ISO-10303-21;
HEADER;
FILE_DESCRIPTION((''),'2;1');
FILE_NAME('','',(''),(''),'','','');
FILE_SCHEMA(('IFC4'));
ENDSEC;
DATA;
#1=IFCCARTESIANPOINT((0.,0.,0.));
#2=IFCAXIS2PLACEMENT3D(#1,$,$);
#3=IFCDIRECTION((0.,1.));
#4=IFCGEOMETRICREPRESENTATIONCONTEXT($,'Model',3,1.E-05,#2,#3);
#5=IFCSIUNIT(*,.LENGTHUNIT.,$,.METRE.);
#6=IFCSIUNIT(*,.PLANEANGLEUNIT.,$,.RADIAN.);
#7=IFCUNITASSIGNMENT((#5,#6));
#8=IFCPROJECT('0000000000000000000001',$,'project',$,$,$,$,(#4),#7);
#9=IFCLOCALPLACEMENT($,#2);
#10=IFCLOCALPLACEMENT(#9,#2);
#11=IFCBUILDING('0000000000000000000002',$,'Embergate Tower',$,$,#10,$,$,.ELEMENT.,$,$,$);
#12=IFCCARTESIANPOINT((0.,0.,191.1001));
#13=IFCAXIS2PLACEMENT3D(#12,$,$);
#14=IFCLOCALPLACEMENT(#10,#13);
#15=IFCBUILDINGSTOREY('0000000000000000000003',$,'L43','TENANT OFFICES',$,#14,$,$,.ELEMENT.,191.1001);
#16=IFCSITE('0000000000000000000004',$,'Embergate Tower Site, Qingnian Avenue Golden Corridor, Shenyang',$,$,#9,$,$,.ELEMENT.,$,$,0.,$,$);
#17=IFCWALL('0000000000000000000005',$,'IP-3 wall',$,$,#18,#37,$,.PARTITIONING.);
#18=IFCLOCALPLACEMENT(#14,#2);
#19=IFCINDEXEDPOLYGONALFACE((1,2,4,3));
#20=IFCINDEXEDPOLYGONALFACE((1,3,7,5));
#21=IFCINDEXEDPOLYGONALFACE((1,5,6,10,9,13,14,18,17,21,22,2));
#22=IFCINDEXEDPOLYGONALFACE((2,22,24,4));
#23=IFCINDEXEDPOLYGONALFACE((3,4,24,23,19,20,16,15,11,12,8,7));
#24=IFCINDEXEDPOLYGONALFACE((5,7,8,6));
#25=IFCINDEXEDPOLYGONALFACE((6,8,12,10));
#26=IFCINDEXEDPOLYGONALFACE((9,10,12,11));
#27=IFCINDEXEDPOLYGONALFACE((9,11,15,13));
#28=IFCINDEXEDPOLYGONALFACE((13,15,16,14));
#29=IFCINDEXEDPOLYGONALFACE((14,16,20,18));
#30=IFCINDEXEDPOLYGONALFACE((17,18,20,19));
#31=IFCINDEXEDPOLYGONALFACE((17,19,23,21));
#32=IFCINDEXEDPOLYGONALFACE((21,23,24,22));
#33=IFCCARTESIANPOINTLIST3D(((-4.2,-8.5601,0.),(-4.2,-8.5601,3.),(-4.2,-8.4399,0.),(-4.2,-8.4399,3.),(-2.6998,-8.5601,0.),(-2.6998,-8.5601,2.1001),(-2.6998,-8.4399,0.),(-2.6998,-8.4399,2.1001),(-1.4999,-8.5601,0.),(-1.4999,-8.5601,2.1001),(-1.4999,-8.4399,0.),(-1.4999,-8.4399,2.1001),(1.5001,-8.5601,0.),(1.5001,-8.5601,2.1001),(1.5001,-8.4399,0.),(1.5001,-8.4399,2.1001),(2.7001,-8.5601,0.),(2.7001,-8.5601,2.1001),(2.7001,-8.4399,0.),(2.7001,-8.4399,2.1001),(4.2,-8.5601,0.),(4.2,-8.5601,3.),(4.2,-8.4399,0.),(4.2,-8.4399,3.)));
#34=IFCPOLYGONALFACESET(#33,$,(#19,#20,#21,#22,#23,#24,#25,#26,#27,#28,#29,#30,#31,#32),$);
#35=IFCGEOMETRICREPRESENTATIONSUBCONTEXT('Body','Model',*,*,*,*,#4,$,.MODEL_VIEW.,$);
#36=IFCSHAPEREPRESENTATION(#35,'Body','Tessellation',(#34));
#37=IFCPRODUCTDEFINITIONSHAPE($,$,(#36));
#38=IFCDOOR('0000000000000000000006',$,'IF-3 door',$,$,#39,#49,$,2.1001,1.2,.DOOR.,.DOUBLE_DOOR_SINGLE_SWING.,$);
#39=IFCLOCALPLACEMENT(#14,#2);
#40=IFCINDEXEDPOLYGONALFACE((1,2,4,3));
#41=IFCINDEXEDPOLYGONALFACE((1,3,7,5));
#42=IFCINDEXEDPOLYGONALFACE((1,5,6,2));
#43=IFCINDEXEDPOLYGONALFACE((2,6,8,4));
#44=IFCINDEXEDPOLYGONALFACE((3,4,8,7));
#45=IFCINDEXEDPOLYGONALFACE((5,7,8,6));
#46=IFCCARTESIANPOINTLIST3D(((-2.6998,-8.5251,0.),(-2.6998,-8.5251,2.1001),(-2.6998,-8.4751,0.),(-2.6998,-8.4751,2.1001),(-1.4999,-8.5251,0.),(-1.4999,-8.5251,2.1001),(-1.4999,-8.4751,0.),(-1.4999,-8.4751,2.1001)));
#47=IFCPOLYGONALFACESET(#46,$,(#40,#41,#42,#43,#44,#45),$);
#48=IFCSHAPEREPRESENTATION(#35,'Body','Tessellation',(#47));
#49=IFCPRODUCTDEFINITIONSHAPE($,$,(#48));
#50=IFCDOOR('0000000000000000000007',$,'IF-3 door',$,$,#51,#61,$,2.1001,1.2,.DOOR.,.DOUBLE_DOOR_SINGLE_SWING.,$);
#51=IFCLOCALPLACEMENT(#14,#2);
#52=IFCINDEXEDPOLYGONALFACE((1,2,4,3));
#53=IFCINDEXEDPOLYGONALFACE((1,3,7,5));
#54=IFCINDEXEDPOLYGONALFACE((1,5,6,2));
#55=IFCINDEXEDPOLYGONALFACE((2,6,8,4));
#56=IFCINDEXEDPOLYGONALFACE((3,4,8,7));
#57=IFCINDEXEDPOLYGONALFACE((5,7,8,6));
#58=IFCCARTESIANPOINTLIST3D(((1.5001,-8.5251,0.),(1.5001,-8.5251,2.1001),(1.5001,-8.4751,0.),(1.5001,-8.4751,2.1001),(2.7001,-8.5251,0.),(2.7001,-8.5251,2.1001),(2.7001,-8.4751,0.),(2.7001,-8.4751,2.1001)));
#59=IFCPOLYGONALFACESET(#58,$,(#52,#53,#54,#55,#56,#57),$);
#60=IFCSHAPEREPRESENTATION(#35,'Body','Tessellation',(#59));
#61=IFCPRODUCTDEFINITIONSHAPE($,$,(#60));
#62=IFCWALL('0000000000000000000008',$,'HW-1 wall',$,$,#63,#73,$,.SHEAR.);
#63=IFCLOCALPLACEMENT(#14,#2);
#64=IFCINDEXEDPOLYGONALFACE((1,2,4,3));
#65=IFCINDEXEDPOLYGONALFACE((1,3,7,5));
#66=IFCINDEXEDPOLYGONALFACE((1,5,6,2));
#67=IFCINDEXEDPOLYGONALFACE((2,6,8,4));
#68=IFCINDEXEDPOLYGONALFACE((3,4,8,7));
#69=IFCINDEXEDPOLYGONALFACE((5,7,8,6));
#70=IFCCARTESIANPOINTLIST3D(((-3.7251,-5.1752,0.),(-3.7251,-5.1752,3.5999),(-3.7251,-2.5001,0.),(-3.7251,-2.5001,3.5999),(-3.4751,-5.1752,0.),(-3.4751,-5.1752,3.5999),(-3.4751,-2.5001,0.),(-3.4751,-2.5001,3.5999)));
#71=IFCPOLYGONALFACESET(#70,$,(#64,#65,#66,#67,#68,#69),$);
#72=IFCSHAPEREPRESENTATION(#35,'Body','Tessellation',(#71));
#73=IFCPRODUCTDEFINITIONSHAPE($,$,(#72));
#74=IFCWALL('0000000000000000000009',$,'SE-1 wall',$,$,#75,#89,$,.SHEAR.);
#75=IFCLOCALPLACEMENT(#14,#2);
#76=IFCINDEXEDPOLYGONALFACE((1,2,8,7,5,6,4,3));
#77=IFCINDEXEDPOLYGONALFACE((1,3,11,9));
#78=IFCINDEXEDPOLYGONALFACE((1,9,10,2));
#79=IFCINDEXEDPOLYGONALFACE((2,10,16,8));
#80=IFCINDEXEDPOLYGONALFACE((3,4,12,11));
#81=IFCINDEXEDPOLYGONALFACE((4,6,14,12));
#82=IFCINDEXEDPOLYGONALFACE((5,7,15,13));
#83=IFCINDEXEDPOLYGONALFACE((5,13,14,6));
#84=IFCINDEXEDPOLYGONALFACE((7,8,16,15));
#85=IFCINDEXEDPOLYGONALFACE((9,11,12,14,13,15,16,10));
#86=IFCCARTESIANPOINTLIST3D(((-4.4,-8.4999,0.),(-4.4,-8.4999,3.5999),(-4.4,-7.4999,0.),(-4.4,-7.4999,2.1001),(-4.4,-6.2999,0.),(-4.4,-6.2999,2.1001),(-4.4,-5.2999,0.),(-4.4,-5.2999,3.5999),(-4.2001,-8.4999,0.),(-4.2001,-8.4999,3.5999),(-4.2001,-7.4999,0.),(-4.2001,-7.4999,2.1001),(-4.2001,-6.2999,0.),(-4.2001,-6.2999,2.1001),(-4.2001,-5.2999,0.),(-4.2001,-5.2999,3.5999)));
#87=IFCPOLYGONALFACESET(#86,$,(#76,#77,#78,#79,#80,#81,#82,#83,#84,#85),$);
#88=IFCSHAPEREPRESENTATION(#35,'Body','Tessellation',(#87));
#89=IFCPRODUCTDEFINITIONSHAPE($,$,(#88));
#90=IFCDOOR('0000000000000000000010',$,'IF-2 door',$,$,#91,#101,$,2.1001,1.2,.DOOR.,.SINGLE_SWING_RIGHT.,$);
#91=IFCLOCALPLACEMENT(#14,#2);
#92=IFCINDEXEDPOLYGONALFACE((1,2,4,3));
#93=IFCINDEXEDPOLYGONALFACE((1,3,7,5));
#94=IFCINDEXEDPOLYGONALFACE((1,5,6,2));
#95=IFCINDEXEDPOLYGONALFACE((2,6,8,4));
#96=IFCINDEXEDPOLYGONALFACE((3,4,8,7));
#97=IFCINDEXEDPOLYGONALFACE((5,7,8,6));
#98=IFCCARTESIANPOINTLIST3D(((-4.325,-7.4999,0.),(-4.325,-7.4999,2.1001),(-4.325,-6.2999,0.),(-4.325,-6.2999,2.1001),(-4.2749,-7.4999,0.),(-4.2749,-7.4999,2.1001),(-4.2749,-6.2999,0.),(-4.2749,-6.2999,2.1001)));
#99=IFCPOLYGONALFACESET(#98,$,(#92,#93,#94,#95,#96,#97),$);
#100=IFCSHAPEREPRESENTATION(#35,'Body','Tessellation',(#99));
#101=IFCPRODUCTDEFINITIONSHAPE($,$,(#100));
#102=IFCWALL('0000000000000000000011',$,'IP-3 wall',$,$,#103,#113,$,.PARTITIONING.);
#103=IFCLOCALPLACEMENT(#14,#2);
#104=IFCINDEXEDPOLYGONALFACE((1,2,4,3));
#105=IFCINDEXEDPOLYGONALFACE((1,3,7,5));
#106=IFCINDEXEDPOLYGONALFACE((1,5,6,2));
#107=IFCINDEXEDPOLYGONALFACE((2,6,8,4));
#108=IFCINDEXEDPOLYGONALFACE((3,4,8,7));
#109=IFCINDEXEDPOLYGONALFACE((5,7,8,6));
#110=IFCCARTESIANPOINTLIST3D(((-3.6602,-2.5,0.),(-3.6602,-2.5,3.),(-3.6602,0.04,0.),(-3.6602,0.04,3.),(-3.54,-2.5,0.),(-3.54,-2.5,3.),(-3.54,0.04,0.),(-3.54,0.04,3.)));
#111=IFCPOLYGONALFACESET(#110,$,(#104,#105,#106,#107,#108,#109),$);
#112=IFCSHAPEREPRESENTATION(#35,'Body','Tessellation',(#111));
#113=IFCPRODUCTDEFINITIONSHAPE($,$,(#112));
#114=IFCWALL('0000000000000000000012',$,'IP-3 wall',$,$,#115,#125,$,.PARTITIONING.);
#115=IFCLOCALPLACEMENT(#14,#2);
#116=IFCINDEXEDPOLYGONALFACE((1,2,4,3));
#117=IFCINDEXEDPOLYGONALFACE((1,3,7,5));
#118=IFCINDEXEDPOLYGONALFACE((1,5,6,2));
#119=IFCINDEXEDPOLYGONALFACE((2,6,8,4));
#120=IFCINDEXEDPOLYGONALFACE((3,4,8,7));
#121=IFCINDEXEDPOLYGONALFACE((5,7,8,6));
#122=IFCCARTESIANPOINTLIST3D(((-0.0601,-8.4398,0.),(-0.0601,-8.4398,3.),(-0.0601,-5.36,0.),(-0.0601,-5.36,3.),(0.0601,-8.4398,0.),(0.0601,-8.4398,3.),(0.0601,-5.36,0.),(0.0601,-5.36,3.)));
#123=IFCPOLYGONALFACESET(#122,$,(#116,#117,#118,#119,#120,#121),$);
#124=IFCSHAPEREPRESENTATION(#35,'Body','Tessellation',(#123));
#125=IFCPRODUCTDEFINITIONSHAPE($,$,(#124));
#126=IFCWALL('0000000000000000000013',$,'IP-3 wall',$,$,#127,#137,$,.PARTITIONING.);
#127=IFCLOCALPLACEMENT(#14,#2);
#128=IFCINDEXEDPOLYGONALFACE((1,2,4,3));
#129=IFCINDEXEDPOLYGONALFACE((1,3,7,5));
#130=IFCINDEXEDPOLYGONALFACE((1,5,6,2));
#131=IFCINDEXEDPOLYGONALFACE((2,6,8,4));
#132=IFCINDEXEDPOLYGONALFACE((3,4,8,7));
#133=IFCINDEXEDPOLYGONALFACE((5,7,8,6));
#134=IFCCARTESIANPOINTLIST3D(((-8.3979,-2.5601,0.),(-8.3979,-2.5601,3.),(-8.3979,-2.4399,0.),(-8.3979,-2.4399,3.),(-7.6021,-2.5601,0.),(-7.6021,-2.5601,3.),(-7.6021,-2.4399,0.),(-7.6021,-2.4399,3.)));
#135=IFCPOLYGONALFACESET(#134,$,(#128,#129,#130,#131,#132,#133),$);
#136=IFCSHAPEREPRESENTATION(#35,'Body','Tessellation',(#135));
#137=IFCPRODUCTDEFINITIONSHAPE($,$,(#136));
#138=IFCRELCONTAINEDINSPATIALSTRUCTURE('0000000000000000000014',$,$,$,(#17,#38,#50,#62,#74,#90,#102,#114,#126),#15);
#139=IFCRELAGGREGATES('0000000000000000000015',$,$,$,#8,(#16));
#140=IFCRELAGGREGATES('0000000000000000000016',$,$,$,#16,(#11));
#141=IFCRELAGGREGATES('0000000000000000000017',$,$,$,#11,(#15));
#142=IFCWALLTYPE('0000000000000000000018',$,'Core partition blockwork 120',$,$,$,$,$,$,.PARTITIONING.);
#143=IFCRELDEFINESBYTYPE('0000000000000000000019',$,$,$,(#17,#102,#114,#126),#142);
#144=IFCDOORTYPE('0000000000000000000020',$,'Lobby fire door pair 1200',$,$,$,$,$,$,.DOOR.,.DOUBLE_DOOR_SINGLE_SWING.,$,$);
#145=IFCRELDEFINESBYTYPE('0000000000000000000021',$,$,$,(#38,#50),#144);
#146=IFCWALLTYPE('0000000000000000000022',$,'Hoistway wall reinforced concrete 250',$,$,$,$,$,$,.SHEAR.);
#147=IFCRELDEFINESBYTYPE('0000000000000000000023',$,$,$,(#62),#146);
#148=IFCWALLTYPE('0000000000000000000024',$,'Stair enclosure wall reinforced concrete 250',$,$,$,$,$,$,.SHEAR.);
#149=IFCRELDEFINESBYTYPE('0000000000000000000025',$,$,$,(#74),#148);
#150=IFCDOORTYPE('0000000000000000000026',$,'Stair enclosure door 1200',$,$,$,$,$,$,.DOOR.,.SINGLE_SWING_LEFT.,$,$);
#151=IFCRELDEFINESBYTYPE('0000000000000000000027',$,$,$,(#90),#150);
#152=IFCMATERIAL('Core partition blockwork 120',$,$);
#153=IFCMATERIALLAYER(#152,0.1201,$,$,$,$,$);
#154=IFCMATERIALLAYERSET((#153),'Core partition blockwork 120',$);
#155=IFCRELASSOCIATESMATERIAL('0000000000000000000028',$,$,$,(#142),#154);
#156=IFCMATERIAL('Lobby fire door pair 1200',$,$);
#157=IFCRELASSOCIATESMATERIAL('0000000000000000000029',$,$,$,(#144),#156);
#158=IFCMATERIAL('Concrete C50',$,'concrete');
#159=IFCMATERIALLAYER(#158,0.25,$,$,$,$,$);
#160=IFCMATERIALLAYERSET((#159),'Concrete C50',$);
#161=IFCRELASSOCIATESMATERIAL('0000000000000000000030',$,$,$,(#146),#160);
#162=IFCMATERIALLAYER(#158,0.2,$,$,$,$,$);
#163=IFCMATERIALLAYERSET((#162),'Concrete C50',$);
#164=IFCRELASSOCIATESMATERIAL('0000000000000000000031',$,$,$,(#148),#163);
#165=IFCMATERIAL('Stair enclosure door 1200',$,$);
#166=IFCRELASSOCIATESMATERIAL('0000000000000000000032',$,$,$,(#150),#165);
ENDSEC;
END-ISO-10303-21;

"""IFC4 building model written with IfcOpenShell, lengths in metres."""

from ifc_helpers import new_model, si_unit, direction, frame, frame_2d, origin, place, context, subcontext, project, spatial, rectangle, extrude, source, transform, mapped, material, layer, layer_set, type_object, element, fill, save


model = new_model("IFC4")

# Units and contexts
model_context = context("Model", 3, precision=1e-05, world=origin(), true_north=direction((0.0, 1.0)))
body_context = subcontext(model_context, "Body", "Model", "MODEL_VIEW")
ifc_project = project(units=[si_unit("LENGTHUNIT", "METRE"), si_unit("PLANEANGLEUNIT", "RADIAN")], contexts=[model_context])

# Site, building, storey
site_placement = place(None, origin())
site = spatial("IfcSite", under=ifc_project, at=site_placement, Name="Embergate Tower Site, Qingnian Avenue Golden Corridor, Shenyang", CompositionType="ELEMENT", RefElevation=0.0)
building_placement = place(site_placement, origin())
building = spatial("IfcBuilding", under=site, at=building_placement, Name="Embergate Tower", CompositionType="ELEMENT")
storey_placement = place(building_placement, frame((0.0, 0.0, 191.1001)))
storey = spatial("IfcBuildingStorey", under=building, at=storey_placement, Name="L43", Description="TENANT OFFICES", CompositionType="ELEMENT", Elevation=191.1001)

# Wall, openings, doors
ifc_material_1 = material(Name="Core partition blockwork 120")
ifc_layer_1 = layer(ifc_material_1, 0.1201)
ifc_layer_set_1 = layer_set([ifc_layer_1], Name="Core partition blockwork 120")
wall_type_1 = type_object("IfcWallType", Name="Core partition blockwork 120", PredefinedType="PARTITIONING", material=ifc_layer_set_1)
shared_shape_1 = source(origin(), body_context, "Body", "SweptSolid", [
    extrude(rectangle(XDim=8.3999, YDim=0.1201, at=frame_2d((4.2, 0.0))), origin(), (0.0, 0.0, 1.0), 3.0),
])
wall_1_placement = place(storey_placement, frame((-4.2, -8.5, 0.0), z_axis=(0.0, 0.0, 1.0), x_axis=(1.0, 0.0, 0.0)))
wall_1 = element("IfcWall", 1, at=wall_1_placement, inside=storey, type_object=wall_type_1, Name="IP-3 wall", PredefinedType="PARTITIONING", context=body_context, shape_type="MappedRepresentation", body=[
    mapped(shared_shape_1, transform((0.0, 0.0, 0.0))),
])
shared_shape_2 = source(origin(), body_context, "Body", "SweptSolid", [
    extrude(rectangle(XDim=1.2, YDim=2.1001, at=frame_2d((0.6001, 1.05))), frame((0.0, 0.0701, 0.0), z_axis=(0.0, -1.0, 0.0), x_axis=(1.0, 0.0, 0.0)), (0.0, 0.0, 1.0), 0.1401),
])
opening_1_placement = place(wall_1_placement, frame((1.5, 0.0, 0.0)))
opening_1 = element("IfcOpeningElement", 2, at=opening_1_placement, cuts=wall_1, PredefinedType="OPENING", context=body_context, shape_type="MappedRepresentation", body=[
    mapped(shared_shape_2, transform((0.0, 0.0, 0.0))),
])
opening_2_placement = place(wall_1_placement, frame((5.7, 0.0, 0.0)))
opening_2 = element("IfcOpeningElement", 3, at=opening_2_placement, cuts=wall_1, PredefinedType="OPENING", context=body_context, shape_type="MappedRepresentation", body=[
    mapped(shared_shape_2, transform((0.0, 0.0, 0.0))),
])
ifc_material_2 = material(Name="Lobby fire door pair 1200")
door_type_1 = type_object("IfcDoorType", Name="Lobby fire door pair 1200", OperationType="DOUBLE_DOOR_SINGLE_SWING", PredefinedType="DOOR", material=ifc_material_2)
shared_shape_3 = source(origin(), body_context, "Body", "SweptSolid", [
    extrude(rectangle(XDim=1.2, YDim=2.1001, at=frame_2d((0.6001, 1.05))), frame((0.0, 0.0249, 0.0), z_axis=(0.0, -1.0, 0.0), x_axis=(1.0, 0.0, 0.0)), (0.0, 0.0, 1.0), 0.05),
])
door_1_placement = place(opening_1_placement, origin())
door_1 = element("IfcDoor", 4, at=door_1_placement, inside=storey, type_object=door_type_1, Name="IF-3 door", OperationType="DOUBLE_DOOR_SINGLE_SWING", OverallHeight=2.1001, OverallWidth=1.2, PredefinedType="DOOR", context=body_context, shape_type="MappedRepresentation", body=[
    mapped(shared_shape_3, transform((0.0, 0.0, 0.0))),
])
fill(opening_1, door_1)
door_2_placement = place(opening_2_placement, origin())
door_2 = element("IfcDoor", 5, at=door_2_placement, inside=storey, type_object=door_type_1, Name="IF-3 door", OperationType="DOUBLE_DOOR_SINGLE_SWING", OverallHeight=2.1001, OverallWidth=1.2, PredefinedType="DOOR", context=body_context, shape_type="MappedRepresentation", body=[
    mapped(shared_shape_3, transform((0.0, 0.0, 0.0))),
])
fill(opening_2, door_2)

# Wall
ifc_material_3 = material(Name="Concrete C50", Category="concrete")
ifc_layer_2 = layer(ifc_material_3, 0.25)
ifc_layer_set_2 = layer_set([ifc_layer_2], Name="Concrete C50")
wall_type_2 = type_object("IfcWallType", Name="Hoistway wall reinforced concrete 250", PredefinedType="SHEAR", material=ifc_layer_set_2)
shared_shape_4 = source(origin(), body_context, "Body", "SweptSolid", [
    extrude(rectangle(XDim=2.675, YDim=0.25, at=frame_2d((1.3374, 0.0))), origin(), (0.0, 0.0, 1.0), 3.5999),
])
wall_2_placement = place(storey_placement, frame((-3.6001, -5.175, 0.0), z_axis=(0.0, 0.0, 1.0), x_axis=(0.0, 1.0, 0.0)))
element("IfcWall", 6, at=wall_2_placement, inside=storey, type_object=wall_type_2, Name="HW-1 wall", PredefinedType="SHEAR", context=body_context, shape_type="MappedRepresentation", body=[
    mapped(shared_shape_4, transform((0.0, 0.0, 0.0))),
])

# Wall, opening, door
ifc_layer_3 = layer(ifc_material_3, 0.2)
ifc_layer_set_3 = layer_set([ifc_layer_3], Name="Concrete C50")
wall_type_3 = type_object("IfcWallType", Name="Stair enclosure wall reinforced concrete 250", PredefinedType="SHEAR", material=ifc_layer_set_3)
shared_shape_5 = source(origin(), body_context, "Body", "SweptSolid", [
    extrude(rectangle(XDim=3.2, YDim=0.2, at=frame_2d((1.6001, 0.0))), origin(), (0.0, 0.0, 1.0), 3.5999),
])
wall_3_placement = place(storey_placement, frame((-4.3, -8.5, 0.0), z_axis=(0.0, 0.0, 1.0), x_axis=(0.0, 1.0, 0.0)))
wall_3 = element("IfcWall", 7, at=wall_3_placement, inside=storey, type_object=wall_type_3, Name="SE-1 wall", PredefinedType="SHEAR", context=body_context, shape_type="MappedRepresentation", body=[
    mapped(shared_shape_5, transform((0.0, 0.0, 0.0))),
])
shared_shape_6 = source(origin(), body_context, "Body", "SweptSolid", [
    extrude(rectangle(XDim=1.2, YDim=2.1001, at=frame_2d((0.6001, 1.05))), frame((0.0, 0.1099, 0.0), z_axis=(0.0, -1.0, 0.0), x_axis=(1.0, 0.0, 0.0)), (0.0, 0.0, 1.0), 0.22),
])
opening_3_placement = place(wall_3_placement, frame((1.0, 0.0, 0.0)))
opening_3 = element("IfcOpeningElement", 8, at=opening_3_placement, cuts=wall_3, PredefinedType="OPENING", context=body_context, shape_type="MappedRepresentation", body=[
    mapped(shared_shape_6, transform((0.0, 0.0, 0.0))),
])
ifc_material_4 = material(Name="Stair enclosure door 1200")
door_type_2 = type_object("IfcDoorType", Name="Stair enclosure door 1200", OperationType="SINGLE_SWING_LEFT", PredefinedType="DOOR", material=ifc_material_4)
door_3_placement = place(opening_3_placement, origin())
door_3 = element("IfcDoor", 9, at=door_3_placement, inside=storey, type_object=door_type_2, Name="IF-2 door", OperationType="SINGLE_SWING_RIGHT", OverallHeight=2.1001, OverallWidth=1.2, PredefinedType="DOOR", context=body_context, shape_type="MappedRepresentation", body=[
    mapped(shared_shape_3, transform((0.0, 0.0, 0.0))),
])
fill(opening_3, door_3)

# Walls
shared_shape_7 = source(origin(), body_context, "Body", "SweptSolid", [
    extrude(rectangle(XDim=2.54, YDim=0.1201, at=frame_2d((1.27, 0.0))), origin(), (0.0, 0.0, 1.0), 3.0),
])
wall_4_placement = place(storey_placement, frame((-3.6001, -2.5, 0.0), z_axis=(0.0, 0.0, 1.0), x_axis=(0.0, 1.0, 0.0)))
element("IfcWall", 10, at=wall_4_placement, inside=storey, type_object=wall_type_1, Name="IP-3 wall", PredefinedType="PARTITIONING", context=body_context, shape_type="MappedRepresentation", body=[
    mapped(shared_shape_7, transform((0.0, 0.0, 0.0))),
])
shared_shape_8 = source(origin(), body_context, "Body", "SweptSolid", [
    extrude(rectangle(XDim=3.0798, YDim=0.1201, at=frame_2d((1.54, 0.0))), origin(), (0.0, 0.0, 1.0), 3.0),
])
wall_5_placement = place(storey_placement, frame((0.0, -8.4399, 0.0), z_axis=(0.0, 0.0, 1.0), x_axis=(0.0, 1.0, 0.0)))
element("IfcWall", 11, at=wall_5_placement, inside=storey, type_object=wall_type_1, Name="IP-3 wall", PredefinedType="PARTITIONING", context=body_context, shape_type="MappedRepresentation", body=[
    mapped(shared_shape_8, transform((0.0, 0.0, 0.0))),
])
shared_shape_9 = source(origin(), body_context, "Body", "SweptSolid", [
    extrude(rectangle(XDim=0.7959, YDim=0.1201, at=frame_2d((0.3979, 0.0))), origin(), (0.0, 0.0, 1.0), 3.0),
])
wall_6_placement = place(storey_placement, frame((-8.3979, -2.5, 0.0), z_axis=(0.0, 0.0, 1.0), x_axis=(1.0, 0.0, 0.0)))
element("IfcWall", 12, at=wall_6_placement, inside=storey, type_object=wall_type_1, Name="IP-3 wall", PredefinedType="PARTITIONING", context=body_context, shape_type="MappedRepresentation", body=[
    mapped(shared_shape_9, transform((0.0, 0.0, 0.0))),
])

save(model, "model.ifc")
